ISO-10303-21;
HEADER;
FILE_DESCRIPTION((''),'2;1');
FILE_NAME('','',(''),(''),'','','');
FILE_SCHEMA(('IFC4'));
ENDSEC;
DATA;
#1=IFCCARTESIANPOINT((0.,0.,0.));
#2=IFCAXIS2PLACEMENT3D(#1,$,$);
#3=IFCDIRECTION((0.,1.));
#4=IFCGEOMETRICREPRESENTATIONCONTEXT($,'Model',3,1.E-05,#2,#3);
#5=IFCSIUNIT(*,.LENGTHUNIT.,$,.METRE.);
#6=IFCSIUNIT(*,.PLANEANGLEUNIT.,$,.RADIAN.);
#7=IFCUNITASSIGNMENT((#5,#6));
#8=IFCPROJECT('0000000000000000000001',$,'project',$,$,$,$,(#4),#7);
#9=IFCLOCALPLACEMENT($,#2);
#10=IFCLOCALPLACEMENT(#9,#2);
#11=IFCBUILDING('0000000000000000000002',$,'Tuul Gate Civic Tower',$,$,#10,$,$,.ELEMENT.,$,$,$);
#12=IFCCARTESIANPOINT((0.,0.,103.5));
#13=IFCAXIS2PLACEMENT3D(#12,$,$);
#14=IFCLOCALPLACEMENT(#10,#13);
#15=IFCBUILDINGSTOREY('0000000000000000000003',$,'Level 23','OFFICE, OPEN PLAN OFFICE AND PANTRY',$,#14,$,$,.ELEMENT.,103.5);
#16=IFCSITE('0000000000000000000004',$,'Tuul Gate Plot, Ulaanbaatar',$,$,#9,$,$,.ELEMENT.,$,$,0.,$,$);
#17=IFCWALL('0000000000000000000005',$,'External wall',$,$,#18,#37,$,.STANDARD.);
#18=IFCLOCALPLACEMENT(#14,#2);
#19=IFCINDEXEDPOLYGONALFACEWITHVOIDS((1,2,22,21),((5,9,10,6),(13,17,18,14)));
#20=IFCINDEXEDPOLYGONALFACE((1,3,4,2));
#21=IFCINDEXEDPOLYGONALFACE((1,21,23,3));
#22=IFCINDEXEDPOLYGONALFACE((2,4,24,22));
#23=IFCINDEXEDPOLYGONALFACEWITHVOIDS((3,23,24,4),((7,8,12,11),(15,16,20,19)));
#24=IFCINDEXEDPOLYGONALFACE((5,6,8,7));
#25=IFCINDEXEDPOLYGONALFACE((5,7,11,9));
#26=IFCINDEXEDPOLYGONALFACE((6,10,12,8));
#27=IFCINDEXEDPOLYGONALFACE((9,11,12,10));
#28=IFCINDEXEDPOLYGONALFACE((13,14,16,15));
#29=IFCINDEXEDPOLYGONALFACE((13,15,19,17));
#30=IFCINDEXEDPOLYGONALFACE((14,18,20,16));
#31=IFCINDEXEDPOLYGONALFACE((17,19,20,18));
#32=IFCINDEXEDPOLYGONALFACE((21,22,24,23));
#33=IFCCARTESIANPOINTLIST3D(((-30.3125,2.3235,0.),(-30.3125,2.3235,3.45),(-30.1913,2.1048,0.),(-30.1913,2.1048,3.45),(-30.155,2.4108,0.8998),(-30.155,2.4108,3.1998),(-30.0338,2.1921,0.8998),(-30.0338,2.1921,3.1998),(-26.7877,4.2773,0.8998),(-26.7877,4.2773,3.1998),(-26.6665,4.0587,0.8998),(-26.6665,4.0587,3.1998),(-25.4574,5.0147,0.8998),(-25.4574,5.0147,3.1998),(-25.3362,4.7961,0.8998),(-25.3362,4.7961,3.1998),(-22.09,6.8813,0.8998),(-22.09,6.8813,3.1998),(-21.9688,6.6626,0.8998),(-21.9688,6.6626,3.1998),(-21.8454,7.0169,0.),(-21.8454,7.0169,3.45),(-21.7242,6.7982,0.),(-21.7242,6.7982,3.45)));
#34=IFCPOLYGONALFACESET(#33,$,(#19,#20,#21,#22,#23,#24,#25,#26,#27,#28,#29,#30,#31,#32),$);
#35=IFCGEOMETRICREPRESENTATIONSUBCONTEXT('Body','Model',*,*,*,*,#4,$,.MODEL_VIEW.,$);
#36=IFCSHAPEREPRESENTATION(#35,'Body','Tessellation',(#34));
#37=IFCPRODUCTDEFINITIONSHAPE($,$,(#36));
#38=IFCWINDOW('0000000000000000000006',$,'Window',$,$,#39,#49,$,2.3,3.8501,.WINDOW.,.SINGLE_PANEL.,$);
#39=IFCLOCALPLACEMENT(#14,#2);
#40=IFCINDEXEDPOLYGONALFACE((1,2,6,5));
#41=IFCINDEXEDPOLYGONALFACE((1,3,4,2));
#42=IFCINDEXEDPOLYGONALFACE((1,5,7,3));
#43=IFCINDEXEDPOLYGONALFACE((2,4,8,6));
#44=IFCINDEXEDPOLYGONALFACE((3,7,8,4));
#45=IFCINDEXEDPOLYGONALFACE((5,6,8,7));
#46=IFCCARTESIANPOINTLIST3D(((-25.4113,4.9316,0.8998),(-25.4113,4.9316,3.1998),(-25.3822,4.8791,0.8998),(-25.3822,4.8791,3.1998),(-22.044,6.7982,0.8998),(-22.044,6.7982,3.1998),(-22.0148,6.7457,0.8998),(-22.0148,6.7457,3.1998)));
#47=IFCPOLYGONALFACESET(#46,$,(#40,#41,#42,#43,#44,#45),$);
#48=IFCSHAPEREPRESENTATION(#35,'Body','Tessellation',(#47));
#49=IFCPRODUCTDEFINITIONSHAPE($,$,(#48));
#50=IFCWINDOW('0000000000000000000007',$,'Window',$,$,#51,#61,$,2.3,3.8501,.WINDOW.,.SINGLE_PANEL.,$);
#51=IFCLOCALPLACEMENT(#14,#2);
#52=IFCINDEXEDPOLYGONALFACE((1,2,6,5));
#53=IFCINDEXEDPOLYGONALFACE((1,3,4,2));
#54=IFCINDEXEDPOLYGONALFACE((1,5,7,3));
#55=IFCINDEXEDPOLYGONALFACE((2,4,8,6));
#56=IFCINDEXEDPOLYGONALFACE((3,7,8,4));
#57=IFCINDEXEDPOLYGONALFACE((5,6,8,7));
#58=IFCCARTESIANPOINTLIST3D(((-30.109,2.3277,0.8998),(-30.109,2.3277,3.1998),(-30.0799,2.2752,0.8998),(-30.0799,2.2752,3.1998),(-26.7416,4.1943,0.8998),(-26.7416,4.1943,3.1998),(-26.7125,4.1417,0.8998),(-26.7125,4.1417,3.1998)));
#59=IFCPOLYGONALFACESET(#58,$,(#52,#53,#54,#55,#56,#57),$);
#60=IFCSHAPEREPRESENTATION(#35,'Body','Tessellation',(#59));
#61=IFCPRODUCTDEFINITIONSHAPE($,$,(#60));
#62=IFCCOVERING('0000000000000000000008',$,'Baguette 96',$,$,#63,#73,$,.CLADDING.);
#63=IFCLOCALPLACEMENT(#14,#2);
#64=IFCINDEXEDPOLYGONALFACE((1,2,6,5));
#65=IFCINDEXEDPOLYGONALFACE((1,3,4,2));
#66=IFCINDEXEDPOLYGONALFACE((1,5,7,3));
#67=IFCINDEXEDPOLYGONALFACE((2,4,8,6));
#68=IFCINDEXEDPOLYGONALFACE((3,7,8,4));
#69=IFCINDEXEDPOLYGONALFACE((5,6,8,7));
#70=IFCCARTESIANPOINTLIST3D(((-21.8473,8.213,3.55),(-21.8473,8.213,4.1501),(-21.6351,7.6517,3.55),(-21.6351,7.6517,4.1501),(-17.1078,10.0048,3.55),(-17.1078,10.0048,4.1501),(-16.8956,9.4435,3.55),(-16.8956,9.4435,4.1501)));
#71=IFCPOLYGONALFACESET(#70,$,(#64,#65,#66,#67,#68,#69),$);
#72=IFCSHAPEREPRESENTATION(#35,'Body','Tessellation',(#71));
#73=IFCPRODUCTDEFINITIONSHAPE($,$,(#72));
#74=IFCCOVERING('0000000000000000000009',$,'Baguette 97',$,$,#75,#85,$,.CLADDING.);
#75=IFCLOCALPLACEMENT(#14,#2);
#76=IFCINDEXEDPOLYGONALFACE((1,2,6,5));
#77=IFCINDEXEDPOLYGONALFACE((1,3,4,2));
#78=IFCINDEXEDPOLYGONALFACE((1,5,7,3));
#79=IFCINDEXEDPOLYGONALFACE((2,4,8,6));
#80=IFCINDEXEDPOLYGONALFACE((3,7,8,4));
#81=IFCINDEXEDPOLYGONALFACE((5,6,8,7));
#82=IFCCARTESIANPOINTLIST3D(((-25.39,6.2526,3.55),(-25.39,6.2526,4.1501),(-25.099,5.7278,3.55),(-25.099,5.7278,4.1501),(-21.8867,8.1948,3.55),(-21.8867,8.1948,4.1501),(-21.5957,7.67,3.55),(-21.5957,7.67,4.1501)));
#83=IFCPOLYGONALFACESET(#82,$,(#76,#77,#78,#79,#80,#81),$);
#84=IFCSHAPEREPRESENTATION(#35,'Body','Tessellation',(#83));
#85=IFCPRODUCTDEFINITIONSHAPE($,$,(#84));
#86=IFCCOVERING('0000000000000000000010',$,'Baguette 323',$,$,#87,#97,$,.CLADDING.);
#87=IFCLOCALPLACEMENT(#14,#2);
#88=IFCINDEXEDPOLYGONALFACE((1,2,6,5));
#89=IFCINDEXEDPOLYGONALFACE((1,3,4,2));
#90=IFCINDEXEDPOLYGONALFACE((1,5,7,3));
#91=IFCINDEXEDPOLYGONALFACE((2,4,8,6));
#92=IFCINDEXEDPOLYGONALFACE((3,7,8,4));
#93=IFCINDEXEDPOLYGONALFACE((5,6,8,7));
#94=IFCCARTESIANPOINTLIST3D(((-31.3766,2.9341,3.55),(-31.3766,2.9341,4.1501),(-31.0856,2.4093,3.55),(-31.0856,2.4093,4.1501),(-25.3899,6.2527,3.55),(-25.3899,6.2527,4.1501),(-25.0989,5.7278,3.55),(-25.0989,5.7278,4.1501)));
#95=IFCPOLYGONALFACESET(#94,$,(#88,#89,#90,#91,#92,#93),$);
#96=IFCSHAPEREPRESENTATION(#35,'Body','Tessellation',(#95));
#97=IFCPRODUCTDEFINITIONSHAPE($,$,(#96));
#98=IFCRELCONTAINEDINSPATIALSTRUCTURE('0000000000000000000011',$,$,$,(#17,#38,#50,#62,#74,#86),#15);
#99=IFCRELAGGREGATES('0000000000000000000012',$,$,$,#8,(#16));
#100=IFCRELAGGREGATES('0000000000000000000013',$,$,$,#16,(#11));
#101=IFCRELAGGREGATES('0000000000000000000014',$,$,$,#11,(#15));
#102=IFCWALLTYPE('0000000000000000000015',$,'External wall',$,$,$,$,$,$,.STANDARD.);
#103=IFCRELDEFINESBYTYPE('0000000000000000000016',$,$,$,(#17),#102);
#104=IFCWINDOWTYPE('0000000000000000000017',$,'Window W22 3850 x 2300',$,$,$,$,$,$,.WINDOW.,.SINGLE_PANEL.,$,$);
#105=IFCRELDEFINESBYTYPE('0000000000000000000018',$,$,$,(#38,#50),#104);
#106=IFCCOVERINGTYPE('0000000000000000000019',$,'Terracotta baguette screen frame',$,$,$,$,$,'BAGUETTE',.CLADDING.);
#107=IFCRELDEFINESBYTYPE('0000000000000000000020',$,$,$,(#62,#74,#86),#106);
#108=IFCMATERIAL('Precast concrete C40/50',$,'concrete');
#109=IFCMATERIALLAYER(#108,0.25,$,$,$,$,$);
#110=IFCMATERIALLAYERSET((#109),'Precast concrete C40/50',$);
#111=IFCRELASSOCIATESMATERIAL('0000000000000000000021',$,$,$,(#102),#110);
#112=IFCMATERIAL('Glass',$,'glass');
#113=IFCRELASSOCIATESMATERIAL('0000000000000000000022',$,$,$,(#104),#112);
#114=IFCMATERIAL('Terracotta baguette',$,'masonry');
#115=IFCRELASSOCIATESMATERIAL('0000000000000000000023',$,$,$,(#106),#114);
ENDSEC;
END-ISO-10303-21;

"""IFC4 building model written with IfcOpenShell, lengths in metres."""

from ifc_helpers import new_model, si_unit, direction, frame, frame_2d, origin, origin_2d, place, context, subcontext, project, spatial, rectangle, extrude, material, layer, layer_set, material_profile, profile_set, type_object, element, fill, save


model = new_model("IFC4")

# Units and contexts
model_context = context("Model", 3, precision=1e-05, world=origin(), true_north=direction((0.0, 1.0)))
body_context = subcontext(model_context, "Body", "Model", "MODEL_VIEW")
ifc_project = project(units=[si_unit("LENGTHUNIT", "METRE"), si_unit("PLANEANGLEUNIT", "RADIAN")], contexts=[model_context])

# Site, building, storey
site_placement = place(None, origin())
site = spatial("IfcSite", under=ifc_project, at=site_placement, Name="Tuul Gate Plot, Ulaanbaatar", CompositionType="ELEMENT", RefElevation=0.0)
building_placement = place(site_placement, origin())
building = spatial("IfcBuilding", under=site, at=building_placement, Name="Tuul Gate Civic Tower", CompositionType="ELEMENT")
storey_placement = place(building_placement, frame((0.0, 0.0, 103.5)))
storey = spatial("IfcBuildingStorey", under=building, at=storey_placement, Name="Level 23", Description="OFFICE, OPEN PLAN OFFICE AND PANTRY", CompositionType="ELEMENT", Elevation=103.5)

# Wall, openings, windows
ifc_material_1 = material(Name="Precast concrete C40/50", Category="concrete")
ifc_layer_1 = layer(ifc_material_1, 0.25)
ifc_layer_set_1 = layer_set([ifc_layer_1], Name="Precast concrete C40/50")
wall_type_1 = type_object("IfcWallType", Name="External wall", PredefinedType="STANDARD", material=ifc_layer_set_1)
ifc_material_2 = material(Name="Glass", Category="glass")
window_type = type_object("IfcWindowType", Name="Window W22 3850 x 2300", PartitioningType="SINGLE_PANEL", PredefinedType="WINDOW", material=ifc_material_2)
wall_1_placement = place(storey_placement, frame((-21.7849, 6.9075, 0.0), z_axis=(0.0, 0.0, 1.0), x_axis=(-0.87462, -0.48481, 0.0)))
wall_1 = element("IfcWall", 1, at=wall_1_placement, inside=storey, type_object=wall_type_1, Name="External wall", PredefinedType="STANDARD", context=body_context, shape_type="SweptSolid", body=[
    extrude(rectangle(XDim=9.6809, YDim=0.25, at=frame_2d((4.8403, 0.0))), origin(), (0.0, 0.0, 1.0), 3.45),
])
opening_1_placement = place(wall_1_placement, frame((0.2795, 0.0, 0.8999)))
opening_1 = element("IfcOpeningElement", 2, at=opening_1_placement, cuts=wall_1, PredefinedType="OPENING", context=body_context, shape_type="SweptSolid", body=[
    extrude(rectangle(XDim=3.8501, YDim=2.3, at=frame_2d((1.925, 1.1499))), frame((0.0, 0.135, 0.0), z_axis=(0.0, -1.0, 0.0), x_axis=(1.0, 0.0, 0.0)), (0.0, 0.0, 1.0), 0.27),
])
opening_2_placement = place(wall_1_placement, frame((5.6506, 0.0, 0.8999)))
opening_2 = element("IfcOpeningElement", 3, at=opening_2_placement, cuts=wall_1, PredefinedType="OPENING", context=body_context, shape_type="SweptSolid", body=[
    extrude(rectangle(XDim=3.8501, YDim=2.3, at=frame_2d((1.925, 1.1499))), frame((0.0, 0.135, 0.0), z_axis=(0.0, -1.0, 0.0), x_axis=(1.0, 0.0, 0.0)), (0.0, 0.0, 1.0), 0.27),
])
window_1_placement = place(opening_1_placement, origin())
window_1 = element("IfcWindow", 4, at=window_1_placement, inside=storey, type_object=window_type, Name="Window", OverallHeight=2.3, OverallWidth=3.8501, PartitioningType="SINGLE_PANEL", PredefinedType="WINDOW", context=body_context, shape_type="SweptSolid", body=[
    extrude(rectangle(XDim=3.8501, YDim=2.3, at=frame_2d((1.925, 1.1499))), frame((0.0, 0.03, 0.0), z_axis=(0.0, -1.0, 0.0), x_axis=(1.0, 0.0, 0.0)), (0.0, 0.0, 1.0), 0.0601),
])
fill(opening_1, window_1)
window_2_placement = place(opening_2_placement, origin())
window_2 = element("IfcWindow", 5, at=window_2_placement, inside=storey, type_object=window_type, Name="Window", OverallHeight=2.3, OverallWidth=3.8501, PartitioningType="SINGLE_PANEL", PredefinedType="WINDOW", context=body_context, shape_type="SweptSolid", body=[
    extrude(rectangle(XDim=3.8501, YDim=2.3, at=frame_2d((1.925, 1.1499))), frame((0.0, 0.03, 0.0), z_axis=(0.0, -1.0, 0.0), x_axis=(1.0, 0.0, 0.0)), (0.0, 0.0, 1.0), 0.0601),
])
fill(opening_2, window_2)

# Coverings
ifc_material_3 = material(Name="Terracotta baguette", Category="masonry")
ifc_material_profile_1 = material_profile(ifc_material_3, rectangle(XDim=0.6001, YDim=0.6001, at=origin_2d()), Name="Terracotta baguette screen frame")
ifc_profile_set_1 = profile_set([ifc_material_profile_1], Name="Terracotta baguette")
covering_type = type_object("IfcCoveringType", Name="Terracotta baguette screen frame", ElementType="BAGUETTE", PredefinedType="CLADDING", material=ifc_profile_set_1)
covering_1_placement = place(storey_placement, frame((-17.0017, 9.7241, 3.8501), z_axis=(-0.935389, -0.35362, 0.0), x_axis=(0.35362, -0.935389, 0.0)))
element("IfcCovering", 6, at=covering_1_placement, inside=storey, type_object=covering_type, Name="Baguette 96", PredefinedType="CLADDING", context=body_context, shape_type="SweptSolid", body=[
    extrude(rectangle(XDim=0.6001, YDim=0.6001, at=origin_2d()), origin(), (0.0, 0.0, 1.0), 5.0669),
])
covering_2_placement = place(storey_placement, frame((-21.7412, 7.9324, 3.8501), z_axis=(-0.874588, -0.484866, 0.0), x_axis=(0.484866, -0.874588, 0.0)))
element("IfcCovering", 7, at=covering_2_placement, inside=storey, type_object=covering_type, Name="Baguette 97", PredefinedType="CLADDING", context=body_context, shape_type="SweptSolid", body=[
    extrude(rectangle(XDim=0.6001, YDim=0.6001, at=origin_2d()), origin(), (0.0, 0.0, 1.0), 4.0056),
])
covering_3_placement = place(storey_placement, frame((-25.2444, 5.9902, 3.8501), z_axis=(-0.874616, -0.484816, 0.0), x_axis=(0.484816, -0.874616, 0.0)))
element("IfcCovering", 8, at=covering_3_placement, inside=storey, type_object=covering_type, Name="Baguette 323", PredefinedType="CLADDING", context=body_context, shape_type="SweptSolid", body=[
    extrude(rectangle(XDim=0.6001, YDim=0.6001, at=origin_2d()), origin(), (0.0, 0.0, 1.0), 6.845),
])

save(model, "model.ifc")
